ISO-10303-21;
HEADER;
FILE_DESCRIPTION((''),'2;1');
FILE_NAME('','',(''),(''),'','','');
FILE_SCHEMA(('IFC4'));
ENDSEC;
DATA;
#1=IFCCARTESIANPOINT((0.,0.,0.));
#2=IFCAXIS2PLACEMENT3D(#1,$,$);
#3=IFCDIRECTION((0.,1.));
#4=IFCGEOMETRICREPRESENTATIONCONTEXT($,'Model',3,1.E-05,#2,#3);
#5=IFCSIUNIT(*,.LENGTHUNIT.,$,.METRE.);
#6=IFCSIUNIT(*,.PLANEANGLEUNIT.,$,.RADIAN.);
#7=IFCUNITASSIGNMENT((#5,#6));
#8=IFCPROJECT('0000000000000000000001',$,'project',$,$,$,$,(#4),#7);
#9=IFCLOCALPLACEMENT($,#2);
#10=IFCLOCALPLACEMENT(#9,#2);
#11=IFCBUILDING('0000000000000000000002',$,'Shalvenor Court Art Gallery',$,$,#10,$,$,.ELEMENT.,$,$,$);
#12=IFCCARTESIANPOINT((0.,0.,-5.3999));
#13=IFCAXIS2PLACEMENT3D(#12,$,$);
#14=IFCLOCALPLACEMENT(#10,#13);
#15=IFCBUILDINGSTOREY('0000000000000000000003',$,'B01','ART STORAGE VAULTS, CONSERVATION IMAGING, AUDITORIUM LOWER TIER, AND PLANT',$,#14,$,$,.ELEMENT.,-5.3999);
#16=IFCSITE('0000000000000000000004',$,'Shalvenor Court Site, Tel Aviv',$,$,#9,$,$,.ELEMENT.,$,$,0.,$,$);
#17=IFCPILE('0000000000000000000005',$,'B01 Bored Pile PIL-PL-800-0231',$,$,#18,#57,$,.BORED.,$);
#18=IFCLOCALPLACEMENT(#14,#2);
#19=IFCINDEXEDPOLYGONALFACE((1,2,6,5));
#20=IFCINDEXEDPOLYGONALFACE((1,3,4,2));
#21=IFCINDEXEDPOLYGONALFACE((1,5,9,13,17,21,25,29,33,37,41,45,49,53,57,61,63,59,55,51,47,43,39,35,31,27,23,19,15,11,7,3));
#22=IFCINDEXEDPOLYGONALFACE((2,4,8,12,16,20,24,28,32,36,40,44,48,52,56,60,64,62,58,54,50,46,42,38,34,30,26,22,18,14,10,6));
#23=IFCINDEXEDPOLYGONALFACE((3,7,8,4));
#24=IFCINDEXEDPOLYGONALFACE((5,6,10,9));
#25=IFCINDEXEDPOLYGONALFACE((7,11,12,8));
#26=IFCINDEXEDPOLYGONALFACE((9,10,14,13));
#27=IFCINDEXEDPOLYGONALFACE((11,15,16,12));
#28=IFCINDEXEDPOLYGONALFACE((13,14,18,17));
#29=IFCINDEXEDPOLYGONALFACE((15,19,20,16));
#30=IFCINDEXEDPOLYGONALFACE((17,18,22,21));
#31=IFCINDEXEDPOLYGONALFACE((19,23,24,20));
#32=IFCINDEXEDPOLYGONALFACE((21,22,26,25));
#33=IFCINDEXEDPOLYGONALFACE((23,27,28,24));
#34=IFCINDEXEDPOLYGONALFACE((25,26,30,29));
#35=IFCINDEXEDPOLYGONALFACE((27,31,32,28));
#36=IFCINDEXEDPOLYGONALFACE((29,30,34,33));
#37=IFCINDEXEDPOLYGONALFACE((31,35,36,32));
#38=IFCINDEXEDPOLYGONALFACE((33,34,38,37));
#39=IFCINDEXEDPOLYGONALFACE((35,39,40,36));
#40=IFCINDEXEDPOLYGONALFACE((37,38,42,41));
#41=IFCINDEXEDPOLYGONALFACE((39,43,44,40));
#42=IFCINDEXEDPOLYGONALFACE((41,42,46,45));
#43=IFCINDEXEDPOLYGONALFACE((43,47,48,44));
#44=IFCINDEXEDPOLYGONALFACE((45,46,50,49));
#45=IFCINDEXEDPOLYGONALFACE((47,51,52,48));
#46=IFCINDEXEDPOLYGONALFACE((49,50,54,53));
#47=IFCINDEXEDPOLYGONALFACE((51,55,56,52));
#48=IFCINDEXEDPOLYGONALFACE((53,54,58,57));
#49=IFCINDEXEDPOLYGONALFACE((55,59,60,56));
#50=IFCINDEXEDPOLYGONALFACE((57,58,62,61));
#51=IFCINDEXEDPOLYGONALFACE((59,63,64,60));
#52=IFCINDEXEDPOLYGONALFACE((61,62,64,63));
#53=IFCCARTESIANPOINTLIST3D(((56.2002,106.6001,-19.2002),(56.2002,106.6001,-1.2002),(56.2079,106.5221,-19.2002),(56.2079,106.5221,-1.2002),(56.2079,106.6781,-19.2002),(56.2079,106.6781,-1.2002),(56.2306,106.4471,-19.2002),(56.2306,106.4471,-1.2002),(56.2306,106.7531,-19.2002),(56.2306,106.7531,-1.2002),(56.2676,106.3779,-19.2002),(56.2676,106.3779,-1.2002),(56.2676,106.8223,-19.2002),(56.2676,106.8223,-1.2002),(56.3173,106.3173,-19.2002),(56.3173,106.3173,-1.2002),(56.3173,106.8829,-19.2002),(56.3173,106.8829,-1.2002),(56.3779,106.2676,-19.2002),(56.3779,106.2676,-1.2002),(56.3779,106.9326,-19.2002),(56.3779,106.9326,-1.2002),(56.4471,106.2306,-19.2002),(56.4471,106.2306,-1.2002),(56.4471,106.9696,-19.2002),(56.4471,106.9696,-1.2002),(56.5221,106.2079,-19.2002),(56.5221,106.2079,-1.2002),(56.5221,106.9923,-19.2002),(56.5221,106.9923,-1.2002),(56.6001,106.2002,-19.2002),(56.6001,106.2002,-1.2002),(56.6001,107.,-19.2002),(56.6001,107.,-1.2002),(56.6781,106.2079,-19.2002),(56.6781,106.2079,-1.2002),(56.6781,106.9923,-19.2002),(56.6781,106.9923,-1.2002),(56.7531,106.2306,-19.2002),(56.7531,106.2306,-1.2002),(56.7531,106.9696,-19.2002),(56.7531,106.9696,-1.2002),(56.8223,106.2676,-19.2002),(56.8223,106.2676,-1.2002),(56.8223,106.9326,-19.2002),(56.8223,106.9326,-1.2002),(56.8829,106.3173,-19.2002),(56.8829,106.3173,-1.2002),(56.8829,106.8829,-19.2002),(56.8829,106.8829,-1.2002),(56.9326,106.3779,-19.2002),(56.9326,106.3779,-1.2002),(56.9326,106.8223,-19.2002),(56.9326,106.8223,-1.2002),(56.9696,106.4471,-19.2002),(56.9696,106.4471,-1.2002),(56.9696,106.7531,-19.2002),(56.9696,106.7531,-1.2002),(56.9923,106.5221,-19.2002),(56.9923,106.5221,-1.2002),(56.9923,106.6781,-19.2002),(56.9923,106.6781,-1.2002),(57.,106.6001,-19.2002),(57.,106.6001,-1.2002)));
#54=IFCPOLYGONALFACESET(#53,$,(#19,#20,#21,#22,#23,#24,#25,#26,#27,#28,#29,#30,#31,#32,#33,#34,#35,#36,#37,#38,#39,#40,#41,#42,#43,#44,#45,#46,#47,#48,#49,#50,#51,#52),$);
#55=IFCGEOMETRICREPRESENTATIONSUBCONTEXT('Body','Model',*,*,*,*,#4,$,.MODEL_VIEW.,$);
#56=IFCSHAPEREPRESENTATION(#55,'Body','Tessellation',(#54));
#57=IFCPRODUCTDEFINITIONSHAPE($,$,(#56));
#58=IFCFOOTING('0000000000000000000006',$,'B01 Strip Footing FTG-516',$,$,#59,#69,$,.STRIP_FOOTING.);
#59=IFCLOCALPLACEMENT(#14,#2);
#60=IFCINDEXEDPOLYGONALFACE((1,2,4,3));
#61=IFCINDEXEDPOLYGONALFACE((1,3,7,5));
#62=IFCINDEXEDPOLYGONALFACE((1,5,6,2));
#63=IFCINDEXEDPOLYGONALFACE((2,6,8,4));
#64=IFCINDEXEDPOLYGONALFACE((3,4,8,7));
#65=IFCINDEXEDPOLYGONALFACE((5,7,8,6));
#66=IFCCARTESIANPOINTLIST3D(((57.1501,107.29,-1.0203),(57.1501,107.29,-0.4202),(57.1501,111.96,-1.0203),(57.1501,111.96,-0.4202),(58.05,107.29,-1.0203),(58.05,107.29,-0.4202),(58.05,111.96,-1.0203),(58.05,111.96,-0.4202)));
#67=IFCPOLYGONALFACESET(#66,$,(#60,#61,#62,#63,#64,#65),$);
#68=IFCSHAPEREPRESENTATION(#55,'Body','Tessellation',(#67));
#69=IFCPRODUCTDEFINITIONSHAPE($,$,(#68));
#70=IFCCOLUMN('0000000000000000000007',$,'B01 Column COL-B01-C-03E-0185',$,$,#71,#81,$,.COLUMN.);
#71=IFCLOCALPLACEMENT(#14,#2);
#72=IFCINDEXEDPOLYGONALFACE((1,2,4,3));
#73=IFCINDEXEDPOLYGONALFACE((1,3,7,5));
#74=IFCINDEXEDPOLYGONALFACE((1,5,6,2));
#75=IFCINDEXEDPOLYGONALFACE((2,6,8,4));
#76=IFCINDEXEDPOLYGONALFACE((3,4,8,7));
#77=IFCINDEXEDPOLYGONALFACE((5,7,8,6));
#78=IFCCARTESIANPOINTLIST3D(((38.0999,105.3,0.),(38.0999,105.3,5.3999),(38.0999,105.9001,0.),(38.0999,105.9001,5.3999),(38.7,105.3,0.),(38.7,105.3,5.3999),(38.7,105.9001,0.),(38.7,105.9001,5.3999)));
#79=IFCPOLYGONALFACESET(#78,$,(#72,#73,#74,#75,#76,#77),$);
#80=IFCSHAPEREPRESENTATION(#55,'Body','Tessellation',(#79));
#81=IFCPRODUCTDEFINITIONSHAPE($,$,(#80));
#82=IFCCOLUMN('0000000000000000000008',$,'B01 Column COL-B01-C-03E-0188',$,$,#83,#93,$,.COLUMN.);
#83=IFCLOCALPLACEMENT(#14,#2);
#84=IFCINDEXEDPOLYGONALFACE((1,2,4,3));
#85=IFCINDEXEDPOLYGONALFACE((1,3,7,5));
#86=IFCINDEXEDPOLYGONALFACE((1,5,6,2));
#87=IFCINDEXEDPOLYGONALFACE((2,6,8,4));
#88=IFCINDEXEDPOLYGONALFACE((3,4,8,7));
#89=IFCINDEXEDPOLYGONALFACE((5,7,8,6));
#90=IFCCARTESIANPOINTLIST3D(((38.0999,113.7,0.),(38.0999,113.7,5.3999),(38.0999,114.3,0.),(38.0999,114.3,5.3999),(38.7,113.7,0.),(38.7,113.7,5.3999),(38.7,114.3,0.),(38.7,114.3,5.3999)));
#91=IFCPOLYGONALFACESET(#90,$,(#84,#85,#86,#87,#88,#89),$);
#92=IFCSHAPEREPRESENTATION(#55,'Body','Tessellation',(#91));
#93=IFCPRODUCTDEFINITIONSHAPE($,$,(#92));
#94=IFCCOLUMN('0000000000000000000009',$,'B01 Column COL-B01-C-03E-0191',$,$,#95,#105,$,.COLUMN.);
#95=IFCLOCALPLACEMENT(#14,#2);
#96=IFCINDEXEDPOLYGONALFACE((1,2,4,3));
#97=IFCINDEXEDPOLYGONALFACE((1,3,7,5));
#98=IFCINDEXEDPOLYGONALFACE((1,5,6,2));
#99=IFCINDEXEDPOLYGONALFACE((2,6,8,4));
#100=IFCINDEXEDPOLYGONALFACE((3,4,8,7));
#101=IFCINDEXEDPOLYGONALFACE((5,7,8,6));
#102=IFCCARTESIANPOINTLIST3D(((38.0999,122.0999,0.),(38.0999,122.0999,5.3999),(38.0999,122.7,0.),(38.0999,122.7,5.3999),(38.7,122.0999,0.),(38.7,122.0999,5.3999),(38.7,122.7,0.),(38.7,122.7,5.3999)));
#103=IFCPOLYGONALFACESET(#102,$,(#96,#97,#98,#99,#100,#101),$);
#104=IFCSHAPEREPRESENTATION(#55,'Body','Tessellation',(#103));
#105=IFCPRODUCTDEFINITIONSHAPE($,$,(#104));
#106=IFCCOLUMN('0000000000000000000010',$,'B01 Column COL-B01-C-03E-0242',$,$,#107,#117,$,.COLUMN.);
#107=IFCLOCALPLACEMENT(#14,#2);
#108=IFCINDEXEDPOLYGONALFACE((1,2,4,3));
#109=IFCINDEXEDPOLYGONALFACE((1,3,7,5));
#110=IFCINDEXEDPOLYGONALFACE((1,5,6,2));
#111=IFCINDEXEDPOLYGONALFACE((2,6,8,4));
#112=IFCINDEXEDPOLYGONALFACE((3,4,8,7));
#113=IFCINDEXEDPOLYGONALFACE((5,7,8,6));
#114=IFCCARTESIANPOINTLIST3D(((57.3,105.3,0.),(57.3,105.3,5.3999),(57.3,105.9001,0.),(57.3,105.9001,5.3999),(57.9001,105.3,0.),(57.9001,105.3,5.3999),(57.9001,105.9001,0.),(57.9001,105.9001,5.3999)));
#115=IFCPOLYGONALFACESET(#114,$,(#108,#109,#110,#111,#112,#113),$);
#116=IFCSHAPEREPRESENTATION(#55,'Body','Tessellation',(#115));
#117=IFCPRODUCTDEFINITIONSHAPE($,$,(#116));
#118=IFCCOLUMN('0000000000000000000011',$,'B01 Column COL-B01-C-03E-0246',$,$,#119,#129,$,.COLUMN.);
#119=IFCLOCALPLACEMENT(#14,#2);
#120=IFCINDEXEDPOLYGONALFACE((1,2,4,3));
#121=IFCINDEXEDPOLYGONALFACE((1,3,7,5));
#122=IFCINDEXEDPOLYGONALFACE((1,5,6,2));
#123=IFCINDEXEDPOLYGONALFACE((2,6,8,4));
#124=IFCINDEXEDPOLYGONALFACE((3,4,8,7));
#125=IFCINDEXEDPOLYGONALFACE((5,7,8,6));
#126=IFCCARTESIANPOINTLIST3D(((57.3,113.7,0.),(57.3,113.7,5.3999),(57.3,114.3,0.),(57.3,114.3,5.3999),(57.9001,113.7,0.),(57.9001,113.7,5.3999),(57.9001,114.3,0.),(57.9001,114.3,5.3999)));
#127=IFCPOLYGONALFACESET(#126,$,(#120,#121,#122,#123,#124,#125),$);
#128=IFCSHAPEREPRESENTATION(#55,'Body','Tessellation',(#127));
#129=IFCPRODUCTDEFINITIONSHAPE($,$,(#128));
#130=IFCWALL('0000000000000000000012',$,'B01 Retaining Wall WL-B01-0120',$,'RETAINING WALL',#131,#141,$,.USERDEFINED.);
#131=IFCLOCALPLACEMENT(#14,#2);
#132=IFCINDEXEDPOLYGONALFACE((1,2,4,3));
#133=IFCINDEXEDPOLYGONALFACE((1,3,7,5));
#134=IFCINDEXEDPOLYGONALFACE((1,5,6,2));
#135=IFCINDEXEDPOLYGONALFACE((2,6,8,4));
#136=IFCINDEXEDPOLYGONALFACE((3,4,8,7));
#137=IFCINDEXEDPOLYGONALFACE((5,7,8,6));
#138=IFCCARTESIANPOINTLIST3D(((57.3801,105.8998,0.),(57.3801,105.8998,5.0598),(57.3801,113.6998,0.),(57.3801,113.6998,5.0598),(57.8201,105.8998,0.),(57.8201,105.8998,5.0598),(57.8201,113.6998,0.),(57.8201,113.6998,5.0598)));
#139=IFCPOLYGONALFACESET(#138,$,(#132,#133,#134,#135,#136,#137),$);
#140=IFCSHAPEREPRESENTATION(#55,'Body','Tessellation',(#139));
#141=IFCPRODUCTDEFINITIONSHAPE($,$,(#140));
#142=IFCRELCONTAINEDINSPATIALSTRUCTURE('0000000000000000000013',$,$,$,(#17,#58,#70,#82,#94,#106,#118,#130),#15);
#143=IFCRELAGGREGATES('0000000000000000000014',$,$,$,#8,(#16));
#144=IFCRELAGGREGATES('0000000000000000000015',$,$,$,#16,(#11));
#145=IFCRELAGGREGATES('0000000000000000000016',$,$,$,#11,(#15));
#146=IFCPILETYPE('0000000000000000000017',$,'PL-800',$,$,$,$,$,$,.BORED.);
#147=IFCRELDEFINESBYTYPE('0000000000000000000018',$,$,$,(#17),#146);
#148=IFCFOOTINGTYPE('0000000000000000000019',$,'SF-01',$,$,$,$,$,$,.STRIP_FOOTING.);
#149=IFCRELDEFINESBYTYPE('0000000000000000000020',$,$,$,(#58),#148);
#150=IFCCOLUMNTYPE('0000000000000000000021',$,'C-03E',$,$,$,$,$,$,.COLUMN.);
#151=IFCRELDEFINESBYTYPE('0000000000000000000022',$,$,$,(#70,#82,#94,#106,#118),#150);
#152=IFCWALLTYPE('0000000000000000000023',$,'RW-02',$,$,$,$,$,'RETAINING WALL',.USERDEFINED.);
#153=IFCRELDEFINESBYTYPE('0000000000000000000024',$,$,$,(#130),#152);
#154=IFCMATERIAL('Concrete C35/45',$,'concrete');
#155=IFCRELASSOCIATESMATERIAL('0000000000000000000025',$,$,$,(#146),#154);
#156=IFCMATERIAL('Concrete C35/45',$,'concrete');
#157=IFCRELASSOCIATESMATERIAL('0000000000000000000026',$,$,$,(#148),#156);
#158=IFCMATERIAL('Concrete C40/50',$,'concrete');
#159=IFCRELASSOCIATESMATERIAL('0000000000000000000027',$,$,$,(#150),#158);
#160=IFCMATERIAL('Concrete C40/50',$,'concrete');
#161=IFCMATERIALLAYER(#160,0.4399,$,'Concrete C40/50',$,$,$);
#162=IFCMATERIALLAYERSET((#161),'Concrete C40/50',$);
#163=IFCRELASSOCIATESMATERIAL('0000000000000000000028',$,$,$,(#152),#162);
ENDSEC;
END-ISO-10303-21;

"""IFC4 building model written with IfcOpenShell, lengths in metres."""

from ifc_helpers import new_model, si_unit, direction, frame, frame_2d, origin, origin_2d, place, context, subcontext, project, spatial, rectangle, circle, extrude, material, layer, layer_set, material_profile, profile_set, type_object, element, save


model = new_model("IFC4")

# Units and contexts
model_context = context("Model", 3, precision=1e-05, world=origin(), true_north=direction((0.0, 1.0)))
body_context = subcontext(model_context, "Body", "Model", "MODEL_VIEW")
ifc_project = project(units=[si_unit("LENGTHUNIT", "METRE"), si_unit("PLANEANGLEUNIT", "RADIAN")], contexts=[model_context])

# Site, building, storey
site_placement = place(None, origin())
site = spatial("IfcSite", under=ifc_project, at=site_placement, Name="Shalvenor Court Site, Tel Aviv", CompositionType="ELEMENT", RefElevation=0.0)
building_placement = place(site_placement, origin())
building = spatial("IfcBuilding", under=site, at=building_placement, Name="Shalvenor Court Art Gallery", CompositionType="ELEMENT")
storey_placement = place(building_placement, frame((0.0, 0.0, -5.3999)))
storey = spatial("IfcBuildingStorey", under=building, at=storey_placement, Name="B01", Description="ART STORAGE VAULTS, CONSERVATION IMAGING, AUDITORIUM LOWER TIER, AND PLANT", CompositionType="ELEMENT", Elevation=-5.3999)

# Pile
ifc_material_1 = material(Name="Concrete C35/45", Category="concrete")
ifc_material_profile_1 = material_profile(ifc_material_1, circle(Radius=0.3999, at=origin_2d()), Name="PILE 800")
ifc_profile_set_1 = profile_set([ifc_material_profile_1], Name="Concrete C35/45")
pile_type_1 = type_object("IfcPileType", Name="PL-800", PredefinedType="BORED", material=ifc_profile_set_1)
for number, where, z_axis, x_axis, name in (
    (1, (56.6001, 106.6001, -1.2002), (0.0, 0.0, -1.0), (1.0, 0.0, 0.0), "B01 Bored Pile PIL-PL-800-0231"),
):
    element("IfcPile", number, at=place(storey_placement, frame(where, z_axis=z_axis, x_axis=x_axis)), inside=storey, type_object=pile_type_1, Name=name, PredefinedType="BORED", context=body_context, shape_type="SweptSolid", body=[
        extrude(circle(Radius=0.3999, at=origin_2d()), origin(), (0.0, 0.0, 1.0), 18.0),
    ])

# Footing
ifc_material_2 = material(Name="Concrete C35/45", Category="concrete")
footing_type_1 = type_object("IfcFootingType", Name="SF-01", PredefinedType="STRIP_FOOTING", material=ifc_material_2)
footing_1_placement = place(storey_placement, frame((57.6001, 109.625, -1.0203), z_axis=(0.0, 0.0, 1.0), x_axis=(0.0, 1.0, 0.0)))
element("IfcFooting", 2, at=footing_1_placement, inside=storey, type_object=footing_type_1, Name="B01 Strip Footing FTG-516", PredefinedType="STRIP_FOOTING", context=body_context, shape_type="SweptSolid", body=[
    extrude(rectangle(XDim=4.6699, YDim=0.8999, at=origin_2d()), origin(), (0.0, 0.0, 1.0), 0.6001),
])

# Columns
ifc_material_3 = material(Name="Concrete C40/50", Category="concrete")
ifc_material_profile_2 = material_profile(ifc_material_3, rectangle(XDim=0.6001, YDim=0.6001, at=origin_2d()), Name="RC 600x600")
ifc_profile_set_2 = profile_set([ifc_material_profile_2], Name="Concrete C40/50")
column_type = type_object("IfcColumnType", Name="C-03E", PredefinedType="COLUMN", material=ifc_profile_set_2)
for number, where, z_axis, x_axis, name in (
    (3, (38.3999, 105.6001, 0.0), (0.0, 0.0, 1.0), (1.0, 0.0, 0.0), "B01 Column COL-B01-C-03E-0185"),
    (4, (38.3999, 114.0, 0.0), (0.0, 0.0, 1.0), (1.0, 0.0, 0.0), "B01 Column COL-B01-C-03E-0188"),
    (5, (38.3999, 122.3999, 0.0), (0.0, 0.0, 1.0), (1.0, 0.0, 0.0), "B01 Column COL-B01-C-03E-0191"),
    (6, (57.6001, 105.6001, 0.0), (0.0, 0.0, 1.0), (1.0, 0.0, 0.0), "B01 Column COL-B01-C-03E-0242"),
    (7, (57.6001, 114.0, 0.0), (0.0, 0.0, 1.0), (1.0, 0.0, 0.0), "B01 Column COL-B01-C-03E-0246"),
):
    element("IfcColumn", number, at=place(storey_placement, frame(where, z_axis=z_axis, x_axis=x_axis)), inside=storey, type_object=column_type, Name=name, PredefinedType="COLUMN", context=body_context, shape_type="SweptSolid", body=[
        extrude(rectangle(XDim=0.6001, YDim=0.6001, at=origin_2d()), origin(), (0.0, 0.0, 1.0), 5.3999),
    ])

# Wall
ifc_material_4 = material(Name="Concrete C40/50", Category="concrete")
ifc_layer = layer(ifc_material_4, 0.4399, Name="Concrete C40/50")
ifc_layer_set = layer_set([ifc_layer], Name="Concrete C40/50")
wall_type = type_object("IfcWallType", Name="RW-02", ElementType="RETAINING WALL", PredefinedType="USERDEFINED", material=ifc_layer_set)
wall_placement = place(storey_placement, frame((57.6001, 105.8999, 0.0), z_axis=(0.0, 0.0, 1.0), x_axis=(0.0, 1.0, 0.0)))
element("IfcWall", 8, at=wall_placement, inside=storey, type_object=wall_type, Name="B01 Retaining Wall WL-B01-0120", ObjectType="RETAINING WALL", PredefinedType="USERDEFINED", context=body_context, shape_type="SweptSolid", body=[
    extrude(rectangle(XDim=7.8, YDim=0.4399, at=frame_2d((3.8999, 0.0))), origin(), (0.0, 0.0, 1.0), 5.0598),
])

save(model, "model.ifc")
